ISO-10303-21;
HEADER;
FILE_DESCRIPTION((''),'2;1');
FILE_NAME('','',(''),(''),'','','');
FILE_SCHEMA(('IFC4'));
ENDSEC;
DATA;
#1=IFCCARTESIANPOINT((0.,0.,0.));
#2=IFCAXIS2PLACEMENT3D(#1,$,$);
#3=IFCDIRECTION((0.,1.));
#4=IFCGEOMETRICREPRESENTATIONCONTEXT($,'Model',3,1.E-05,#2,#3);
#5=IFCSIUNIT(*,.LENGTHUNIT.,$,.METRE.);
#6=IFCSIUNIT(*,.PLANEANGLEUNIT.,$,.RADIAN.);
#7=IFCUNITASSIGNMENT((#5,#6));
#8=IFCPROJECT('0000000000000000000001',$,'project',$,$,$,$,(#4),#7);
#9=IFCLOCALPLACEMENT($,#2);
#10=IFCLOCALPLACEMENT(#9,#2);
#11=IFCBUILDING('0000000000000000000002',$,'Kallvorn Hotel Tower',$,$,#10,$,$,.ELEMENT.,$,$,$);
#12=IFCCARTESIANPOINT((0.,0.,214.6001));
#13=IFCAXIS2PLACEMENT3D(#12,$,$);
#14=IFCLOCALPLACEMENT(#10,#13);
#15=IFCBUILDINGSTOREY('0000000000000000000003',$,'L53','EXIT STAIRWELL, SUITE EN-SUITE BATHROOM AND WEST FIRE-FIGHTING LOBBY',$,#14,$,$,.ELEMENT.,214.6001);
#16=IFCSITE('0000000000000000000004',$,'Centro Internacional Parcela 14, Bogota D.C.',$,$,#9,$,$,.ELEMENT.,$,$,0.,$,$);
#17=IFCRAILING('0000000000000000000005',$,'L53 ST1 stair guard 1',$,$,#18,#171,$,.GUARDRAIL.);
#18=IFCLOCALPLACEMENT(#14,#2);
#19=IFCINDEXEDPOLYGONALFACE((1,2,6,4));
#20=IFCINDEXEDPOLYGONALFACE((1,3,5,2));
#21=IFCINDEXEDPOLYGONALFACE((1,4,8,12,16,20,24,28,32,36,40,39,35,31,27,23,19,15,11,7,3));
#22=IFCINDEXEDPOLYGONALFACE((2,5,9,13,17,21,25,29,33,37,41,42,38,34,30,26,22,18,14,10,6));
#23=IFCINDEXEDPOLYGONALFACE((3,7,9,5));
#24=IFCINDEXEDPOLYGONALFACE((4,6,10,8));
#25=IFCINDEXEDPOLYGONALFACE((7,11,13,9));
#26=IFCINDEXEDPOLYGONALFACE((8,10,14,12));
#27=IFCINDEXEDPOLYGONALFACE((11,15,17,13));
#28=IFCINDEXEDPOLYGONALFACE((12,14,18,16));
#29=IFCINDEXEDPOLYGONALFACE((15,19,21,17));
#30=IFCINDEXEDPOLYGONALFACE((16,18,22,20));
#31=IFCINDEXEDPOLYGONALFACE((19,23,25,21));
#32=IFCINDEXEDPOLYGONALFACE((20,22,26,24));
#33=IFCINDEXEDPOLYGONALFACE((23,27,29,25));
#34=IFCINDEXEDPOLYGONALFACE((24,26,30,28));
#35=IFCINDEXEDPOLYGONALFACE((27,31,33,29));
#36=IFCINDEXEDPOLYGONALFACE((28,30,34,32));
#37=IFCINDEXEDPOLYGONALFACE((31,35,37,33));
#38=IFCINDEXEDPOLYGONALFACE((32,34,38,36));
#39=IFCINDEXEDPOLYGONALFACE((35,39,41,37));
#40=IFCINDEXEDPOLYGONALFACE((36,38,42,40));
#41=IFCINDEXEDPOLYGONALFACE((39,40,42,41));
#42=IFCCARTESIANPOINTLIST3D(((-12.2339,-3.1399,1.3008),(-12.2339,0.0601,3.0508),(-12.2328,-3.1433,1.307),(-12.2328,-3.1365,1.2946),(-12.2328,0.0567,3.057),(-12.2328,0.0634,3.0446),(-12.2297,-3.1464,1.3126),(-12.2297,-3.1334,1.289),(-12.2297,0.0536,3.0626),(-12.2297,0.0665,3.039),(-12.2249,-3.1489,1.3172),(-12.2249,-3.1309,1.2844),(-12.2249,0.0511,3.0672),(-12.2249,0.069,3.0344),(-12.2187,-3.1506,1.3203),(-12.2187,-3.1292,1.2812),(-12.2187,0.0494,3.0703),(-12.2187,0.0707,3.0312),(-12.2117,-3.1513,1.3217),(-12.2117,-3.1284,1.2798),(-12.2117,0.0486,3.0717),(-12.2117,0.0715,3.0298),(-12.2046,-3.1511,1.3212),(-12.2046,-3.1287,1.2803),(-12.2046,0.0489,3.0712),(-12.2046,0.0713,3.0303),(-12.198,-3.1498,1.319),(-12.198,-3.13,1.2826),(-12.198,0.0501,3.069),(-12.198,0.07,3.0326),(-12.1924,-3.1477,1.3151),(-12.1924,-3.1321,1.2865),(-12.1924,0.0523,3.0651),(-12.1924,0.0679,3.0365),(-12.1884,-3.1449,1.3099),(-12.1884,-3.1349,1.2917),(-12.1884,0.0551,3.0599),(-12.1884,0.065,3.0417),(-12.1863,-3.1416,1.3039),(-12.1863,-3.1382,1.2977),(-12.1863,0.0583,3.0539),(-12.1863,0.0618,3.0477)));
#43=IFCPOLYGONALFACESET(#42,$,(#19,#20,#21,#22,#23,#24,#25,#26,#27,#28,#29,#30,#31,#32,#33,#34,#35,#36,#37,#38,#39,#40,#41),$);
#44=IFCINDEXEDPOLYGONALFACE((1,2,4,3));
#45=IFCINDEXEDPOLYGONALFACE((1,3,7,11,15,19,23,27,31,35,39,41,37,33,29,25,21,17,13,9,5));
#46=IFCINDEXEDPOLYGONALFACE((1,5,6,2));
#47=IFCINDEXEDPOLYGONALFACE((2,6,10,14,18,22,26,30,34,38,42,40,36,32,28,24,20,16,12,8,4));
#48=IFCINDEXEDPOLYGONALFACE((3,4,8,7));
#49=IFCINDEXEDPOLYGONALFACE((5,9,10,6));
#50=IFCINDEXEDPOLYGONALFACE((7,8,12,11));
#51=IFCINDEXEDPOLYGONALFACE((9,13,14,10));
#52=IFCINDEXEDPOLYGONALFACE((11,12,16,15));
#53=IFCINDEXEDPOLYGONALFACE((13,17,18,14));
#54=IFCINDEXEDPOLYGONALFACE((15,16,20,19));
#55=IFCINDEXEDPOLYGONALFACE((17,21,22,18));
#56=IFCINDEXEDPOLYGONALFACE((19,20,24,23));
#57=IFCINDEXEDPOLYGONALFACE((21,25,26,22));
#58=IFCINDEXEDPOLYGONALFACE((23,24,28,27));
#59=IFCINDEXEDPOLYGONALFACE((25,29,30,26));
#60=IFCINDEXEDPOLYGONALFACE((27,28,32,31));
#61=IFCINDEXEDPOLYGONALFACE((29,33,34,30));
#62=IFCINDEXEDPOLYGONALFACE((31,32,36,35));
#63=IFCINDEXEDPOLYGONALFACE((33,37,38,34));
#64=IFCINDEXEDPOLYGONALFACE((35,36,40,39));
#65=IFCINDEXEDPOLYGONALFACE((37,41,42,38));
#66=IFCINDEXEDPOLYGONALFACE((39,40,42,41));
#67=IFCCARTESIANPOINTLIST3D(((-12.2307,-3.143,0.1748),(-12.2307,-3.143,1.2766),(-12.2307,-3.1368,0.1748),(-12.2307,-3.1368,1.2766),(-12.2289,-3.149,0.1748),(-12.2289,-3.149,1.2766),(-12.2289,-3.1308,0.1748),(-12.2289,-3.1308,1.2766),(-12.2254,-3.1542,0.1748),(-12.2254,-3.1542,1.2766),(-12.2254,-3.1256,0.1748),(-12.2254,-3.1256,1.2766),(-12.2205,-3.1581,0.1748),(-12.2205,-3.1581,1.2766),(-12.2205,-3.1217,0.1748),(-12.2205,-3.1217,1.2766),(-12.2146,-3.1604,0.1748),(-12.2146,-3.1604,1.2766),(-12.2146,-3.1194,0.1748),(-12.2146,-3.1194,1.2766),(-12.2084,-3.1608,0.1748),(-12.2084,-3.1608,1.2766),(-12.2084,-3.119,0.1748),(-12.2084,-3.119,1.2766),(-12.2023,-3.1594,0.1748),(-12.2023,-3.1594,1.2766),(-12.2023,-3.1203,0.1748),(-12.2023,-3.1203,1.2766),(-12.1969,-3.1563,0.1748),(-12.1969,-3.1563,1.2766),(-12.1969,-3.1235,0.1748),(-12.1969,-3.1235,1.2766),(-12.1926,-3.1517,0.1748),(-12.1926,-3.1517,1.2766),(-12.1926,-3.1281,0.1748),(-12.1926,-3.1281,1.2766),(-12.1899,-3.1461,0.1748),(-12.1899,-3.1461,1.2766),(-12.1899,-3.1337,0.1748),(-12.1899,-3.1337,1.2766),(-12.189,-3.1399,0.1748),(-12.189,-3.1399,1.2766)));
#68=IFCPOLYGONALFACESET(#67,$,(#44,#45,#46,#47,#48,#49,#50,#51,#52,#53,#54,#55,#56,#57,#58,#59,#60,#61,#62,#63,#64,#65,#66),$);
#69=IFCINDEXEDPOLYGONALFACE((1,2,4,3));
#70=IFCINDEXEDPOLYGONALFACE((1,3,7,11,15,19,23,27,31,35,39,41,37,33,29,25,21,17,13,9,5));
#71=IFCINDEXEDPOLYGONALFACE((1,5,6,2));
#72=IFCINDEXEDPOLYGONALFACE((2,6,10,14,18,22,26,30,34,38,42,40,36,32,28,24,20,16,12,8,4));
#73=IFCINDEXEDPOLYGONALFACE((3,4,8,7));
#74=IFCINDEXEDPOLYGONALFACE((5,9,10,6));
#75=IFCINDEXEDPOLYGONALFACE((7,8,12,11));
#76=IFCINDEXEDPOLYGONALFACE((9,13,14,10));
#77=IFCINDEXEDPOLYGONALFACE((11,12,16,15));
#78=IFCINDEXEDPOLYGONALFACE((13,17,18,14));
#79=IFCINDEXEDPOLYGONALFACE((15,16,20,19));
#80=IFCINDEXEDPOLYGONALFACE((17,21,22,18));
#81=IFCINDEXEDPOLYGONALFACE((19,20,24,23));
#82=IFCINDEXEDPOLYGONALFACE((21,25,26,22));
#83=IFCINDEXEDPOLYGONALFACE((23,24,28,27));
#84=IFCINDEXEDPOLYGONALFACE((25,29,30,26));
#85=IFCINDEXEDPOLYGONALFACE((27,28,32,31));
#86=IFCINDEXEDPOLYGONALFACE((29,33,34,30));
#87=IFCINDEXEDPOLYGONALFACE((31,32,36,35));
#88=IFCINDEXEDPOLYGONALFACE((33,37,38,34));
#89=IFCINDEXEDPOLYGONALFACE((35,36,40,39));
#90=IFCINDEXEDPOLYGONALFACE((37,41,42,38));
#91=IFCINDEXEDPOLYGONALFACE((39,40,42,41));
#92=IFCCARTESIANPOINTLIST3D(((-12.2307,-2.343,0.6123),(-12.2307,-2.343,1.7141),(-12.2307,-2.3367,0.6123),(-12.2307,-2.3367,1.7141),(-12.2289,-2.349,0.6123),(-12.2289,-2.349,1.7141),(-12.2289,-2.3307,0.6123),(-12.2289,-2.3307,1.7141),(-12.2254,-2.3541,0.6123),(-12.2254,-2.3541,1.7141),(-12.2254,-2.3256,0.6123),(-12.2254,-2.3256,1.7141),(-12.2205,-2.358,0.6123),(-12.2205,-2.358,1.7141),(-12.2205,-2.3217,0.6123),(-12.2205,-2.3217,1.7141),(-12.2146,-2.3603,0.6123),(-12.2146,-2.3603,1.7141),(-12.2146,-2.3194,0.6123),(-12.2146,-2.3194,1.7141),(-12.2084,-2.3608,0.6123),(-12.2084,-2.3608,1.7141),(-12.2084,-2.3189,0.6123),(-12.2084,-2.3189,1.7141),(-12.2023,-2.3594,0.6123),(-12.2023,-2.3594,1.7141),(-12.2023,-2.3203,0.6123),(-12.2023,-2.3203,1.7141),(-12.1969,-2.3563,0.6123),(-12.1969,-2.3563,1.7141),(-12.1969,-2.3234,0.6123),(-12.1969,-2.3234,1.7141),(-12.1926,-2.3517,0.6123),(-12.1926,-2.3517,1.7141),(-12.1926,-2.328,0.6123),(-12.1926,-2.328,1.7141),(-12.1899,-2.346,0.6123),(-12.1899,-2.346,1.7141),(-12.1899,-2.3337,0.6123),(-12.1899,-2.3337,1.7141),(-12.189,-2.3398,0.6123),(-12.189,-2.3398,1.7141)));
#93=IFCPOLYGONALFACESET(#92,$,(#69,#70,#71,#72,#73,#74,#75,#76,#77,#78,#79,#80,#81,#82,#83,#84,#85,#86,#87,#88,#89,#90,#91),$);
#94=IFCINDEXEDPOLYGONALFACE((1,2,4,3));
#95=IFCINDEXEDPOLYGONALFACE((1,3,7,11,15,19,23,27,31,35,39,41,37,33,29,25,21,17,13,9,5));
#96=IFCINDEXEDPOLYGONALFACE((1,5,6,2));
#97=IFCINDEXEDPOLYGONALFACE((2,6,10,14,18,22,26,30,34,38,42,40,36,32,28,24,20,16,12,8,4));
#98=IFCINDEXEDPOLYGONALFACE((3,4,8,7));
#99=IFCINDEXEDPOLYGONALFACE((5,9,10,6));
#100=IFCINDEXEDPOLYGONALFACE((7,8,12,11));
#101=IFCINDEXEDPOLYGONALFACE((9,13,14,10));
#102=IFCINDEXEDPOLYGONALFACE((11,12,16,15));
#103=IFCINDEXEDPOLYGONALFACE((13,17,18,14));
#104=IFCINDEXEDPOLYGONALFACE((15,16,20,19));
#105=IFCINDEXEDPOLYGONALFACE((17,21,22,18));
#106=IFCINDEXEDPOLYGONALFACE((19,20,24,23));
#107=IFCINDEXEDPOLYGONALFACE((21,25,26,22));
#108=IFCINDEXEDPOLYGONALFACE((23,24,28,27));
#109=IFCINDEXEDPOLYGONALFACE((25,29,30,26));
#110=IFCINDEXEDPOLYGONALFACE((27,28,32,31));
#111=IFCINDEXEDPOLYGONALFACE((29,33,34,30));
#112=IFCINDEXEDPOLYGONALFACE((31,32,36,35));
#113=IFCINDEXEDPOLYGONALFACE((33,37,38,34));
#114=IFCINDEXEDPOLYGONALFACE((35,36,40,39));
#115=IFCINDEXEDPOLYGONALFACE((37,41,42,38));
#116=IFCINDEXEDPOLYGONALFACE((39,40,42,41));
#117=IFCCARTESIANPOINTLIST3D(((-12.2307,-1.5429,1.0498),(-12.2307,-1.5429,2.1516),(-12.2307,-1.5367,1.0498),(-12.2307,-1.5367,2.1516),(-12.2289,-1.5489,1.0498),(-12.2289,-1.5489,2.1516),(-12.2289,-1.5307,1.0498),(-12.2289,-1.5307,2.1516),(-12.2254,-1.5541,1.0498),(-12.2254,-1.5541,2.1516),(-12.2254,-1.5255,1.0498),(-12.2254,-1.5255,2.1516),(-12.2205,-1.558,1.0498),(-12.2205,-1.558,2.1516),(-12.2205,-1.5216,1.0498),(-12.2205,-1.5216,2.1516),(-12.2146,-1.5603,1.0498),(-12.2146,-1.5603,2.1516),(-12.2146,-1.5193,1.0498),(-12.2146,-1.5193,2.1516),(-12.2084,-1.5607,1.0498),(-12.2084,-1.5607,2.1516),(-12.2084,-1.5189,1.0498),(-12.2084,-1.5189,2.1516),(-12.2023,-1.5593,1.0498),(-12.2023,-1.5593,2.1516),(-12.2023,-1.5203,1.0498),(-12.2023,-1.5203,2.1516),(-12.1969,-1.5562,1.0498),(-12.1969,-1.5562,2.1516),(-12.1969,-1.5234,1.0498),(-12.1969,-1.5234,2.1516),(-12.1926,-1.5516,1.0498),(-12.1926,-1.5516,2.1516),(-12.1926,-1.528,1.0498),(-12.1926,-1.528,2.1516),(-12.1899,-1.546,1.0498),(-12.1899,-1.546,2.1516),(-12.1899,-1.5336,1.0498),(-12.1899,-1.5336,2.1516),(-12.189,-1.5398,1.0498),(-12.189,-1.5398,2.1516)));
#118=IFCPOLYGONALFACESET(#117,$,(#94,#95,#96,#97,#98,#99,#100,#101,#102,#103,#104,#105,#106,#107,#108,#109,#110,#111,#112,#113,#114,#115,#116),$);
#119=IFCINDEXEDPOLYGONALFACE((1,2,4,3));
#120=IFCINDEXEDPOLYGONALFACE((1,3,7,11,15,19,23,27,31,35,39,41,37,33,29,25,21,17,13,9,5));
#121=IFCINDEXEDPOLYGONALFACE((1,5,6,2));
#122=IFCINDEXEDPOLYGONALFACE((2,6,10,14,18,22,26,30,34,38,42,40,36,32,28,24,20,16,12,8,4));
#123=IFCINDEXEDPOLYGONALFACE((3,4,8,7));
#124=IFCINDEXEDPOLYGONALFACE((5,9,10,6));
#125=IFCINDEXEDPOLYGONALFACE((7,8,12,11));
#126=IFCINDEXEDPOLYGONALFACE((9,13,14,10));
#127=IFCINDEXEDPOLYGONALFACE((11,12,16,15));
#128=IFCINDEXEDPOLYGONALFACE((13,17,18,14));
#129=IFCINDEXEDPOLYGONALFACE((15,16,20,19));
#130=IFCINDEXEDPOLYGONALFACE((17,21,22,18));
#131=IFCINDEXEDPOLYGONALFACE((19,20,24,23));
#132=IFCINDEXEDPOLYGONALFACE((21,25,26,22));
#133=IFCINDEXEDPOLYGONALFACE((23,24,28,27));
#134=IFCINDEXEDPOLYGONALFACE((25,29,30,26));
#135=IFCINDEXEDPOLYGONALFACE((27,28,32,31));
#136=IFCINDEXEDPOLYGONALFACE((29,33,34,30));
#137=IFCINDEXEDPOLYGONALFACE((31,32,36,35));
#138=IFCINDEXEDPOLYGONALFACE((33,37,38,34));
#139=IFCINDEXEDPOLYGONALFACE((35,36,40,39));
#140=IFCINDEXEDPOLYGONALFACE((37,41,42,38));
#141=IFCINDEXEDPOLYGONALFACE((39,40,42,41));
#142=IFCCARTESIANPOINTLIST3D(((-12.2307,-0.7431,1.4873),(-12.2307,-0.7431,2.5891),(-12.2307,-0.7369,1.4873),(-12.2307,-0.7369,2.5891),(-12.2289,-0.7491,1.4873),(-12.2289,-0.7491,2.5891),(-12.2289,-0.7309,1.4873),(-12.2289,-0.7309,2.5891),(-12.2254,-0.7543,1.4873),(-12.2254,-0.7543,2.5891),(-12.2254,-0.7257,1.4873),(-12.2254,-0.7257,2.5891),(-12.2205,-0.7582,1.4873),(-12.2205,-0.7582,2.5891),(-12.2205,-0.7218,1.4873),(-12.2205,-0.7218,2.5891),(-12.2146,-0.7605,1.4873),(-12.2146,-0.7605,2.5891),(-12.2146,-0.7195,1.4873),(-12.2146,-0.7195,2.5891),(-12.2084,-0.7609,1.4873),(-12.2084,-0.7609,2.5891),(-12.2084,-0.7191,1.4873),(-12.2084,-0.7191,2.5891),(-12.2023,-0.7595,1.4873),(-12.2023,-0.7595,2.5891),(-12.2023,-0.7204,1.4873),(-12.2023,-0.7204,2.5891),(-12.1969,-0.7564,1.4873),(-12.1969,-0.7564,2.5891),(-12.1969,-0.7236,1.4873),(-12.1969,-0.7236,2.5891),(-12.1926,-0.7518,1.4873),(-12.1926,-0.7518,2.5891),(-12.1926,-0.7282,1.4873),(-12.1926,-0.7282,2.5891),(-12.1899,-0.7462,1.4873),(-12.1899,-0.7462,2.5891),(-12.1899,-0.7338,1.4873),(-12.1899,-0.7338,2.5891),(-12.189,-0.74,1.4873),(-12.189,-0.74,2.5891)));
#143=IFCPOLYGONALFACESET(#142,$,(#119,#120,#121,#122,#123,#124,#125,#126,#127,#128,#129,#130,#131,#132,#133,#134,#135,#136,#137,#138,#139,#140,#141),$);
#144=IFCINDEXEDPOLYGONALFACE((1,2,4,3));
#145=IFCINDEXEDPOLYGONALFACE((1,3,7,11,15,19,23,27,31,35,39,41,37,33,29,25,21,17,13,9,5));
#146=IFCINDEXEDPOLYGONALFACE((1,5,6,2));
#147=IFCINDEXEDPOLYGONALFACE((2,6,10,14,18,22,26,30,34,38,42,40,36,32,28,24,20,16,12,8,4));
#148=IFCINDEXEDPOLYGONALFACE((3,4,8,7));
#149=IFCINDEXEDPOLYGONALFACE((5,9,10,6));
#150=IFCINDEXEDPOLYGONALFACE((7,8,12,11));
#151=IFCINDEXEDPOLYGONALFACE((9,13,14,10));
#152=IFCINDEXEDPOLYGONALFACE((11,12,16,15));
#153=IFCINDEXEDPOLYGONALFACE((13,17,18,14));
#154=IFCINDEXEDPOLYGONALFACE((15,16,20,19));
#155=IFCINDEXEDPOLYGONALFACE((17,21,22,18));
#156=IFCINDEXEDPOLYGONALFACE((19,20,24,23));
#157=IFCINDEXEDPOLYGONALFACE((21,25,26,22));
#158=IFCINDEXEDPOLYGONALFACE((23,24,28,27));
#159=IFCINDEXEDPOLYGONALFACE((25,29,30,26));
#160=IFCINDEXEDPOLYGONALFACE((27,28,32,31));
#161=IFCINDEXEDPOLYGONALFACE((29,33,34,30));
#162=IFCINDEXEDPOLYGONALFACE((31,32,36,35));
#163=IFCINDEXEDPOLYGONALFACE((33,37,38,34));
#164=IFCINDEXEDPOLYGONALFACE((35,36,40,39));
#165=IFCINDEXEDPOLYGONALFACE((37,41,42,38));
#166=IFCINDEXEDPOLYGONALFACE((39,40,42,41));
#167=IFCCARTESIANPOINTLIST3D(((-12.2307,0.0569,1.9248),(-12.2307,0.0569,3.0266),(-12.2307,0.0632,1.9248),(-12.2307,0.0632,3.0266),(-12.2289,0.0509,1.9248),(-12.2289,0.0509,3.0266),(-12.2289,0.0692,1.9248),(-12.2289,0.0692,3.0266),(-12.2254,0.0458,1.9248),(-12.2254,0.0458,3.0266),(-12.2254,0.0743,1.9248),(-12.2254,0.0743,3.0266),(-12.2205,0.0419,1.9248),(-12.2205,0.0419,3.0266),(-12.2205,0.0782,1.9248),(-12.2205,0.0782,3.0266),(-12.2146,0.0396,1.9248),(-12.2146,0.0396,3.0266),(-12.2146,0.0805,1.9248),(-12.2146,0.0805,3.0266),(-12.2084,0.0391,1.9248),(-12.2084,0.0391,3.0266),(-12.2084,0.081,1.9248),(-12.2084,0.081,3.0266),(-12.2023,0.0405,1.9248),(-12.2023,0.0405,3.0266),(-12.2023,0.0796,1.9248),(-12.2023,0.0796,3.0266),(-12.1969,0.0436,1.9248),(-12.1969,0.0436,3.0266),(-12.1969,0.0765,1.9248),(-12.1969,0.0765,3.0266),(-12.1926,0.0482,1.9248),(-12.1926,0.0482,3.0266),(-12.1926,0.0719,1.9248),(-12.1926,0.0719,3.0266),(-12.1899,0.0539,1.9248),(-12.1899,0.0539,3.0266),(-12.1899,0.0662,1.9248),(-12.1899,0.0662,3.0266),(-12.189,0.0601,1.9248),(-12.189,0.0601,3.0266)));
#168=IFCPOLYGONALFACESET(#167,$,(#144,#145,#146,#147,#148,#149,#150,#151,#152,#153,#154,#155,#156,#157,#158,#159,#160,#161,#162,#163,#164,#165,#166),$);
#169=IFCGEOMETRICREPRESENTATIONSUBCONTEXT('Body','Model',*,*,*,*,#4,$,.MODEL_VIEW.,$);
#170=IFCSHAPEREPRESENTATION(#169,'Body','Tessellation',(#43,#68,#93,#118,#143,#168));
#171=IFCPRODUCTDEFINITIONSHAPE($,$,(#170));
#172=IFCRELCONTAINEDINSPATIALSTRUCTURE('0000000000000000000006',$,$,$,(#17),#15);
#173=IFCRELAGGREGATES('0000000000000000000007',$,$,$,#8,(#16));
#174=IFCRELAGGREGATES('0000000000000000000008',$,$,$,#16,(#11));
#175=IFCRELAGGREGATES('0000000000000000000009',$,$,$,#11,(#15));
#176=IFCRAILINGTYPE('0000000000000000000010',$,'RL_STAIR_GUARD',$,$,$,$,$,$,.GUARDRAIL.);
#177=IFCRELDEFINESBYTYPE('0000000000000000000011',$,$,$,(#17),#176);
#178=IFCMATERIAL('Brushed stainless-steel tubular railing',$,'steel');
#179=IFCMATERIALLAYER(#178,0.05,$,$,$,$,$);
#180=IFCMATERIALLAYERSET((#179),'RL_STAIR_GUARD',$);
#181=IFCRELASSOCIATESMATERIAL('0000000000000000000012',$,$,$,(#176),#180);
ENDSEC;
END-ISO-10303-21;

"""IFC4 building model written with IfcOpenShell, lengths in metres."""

from ifc_helpers import new_model, si_unit, direction, frame, origin, origin_2d, place, context, subcontext, project, spatial, circle, extrude, material, layer, layer_set, type_object, element, save


model = new_model("IFC4")

# Units and contexts
model_context = context("Model", 3, precision=1e-05, world=origin(), true_north=direction((0.0, 1.0)))
body_context = subcontext(model_context, "Body", "Model", "MODEL_VIEW")
ifc_project = project(units=[si_unit("LENGTHUNIT", "METRE"), si_unit("PLANEANGLEUNIT", "RADIAN")], contexts=[model_context])

# Site, building, storey
site_placement = place(None, origin())
site = spatial("IfcSite", under=ifc_project, at=site_placement, Name="Centro Internacional Parcela 14, Bogota D.C.", CompositionType="ELEMENT", RefElevation=0.0)
building_placement = place(site_placement, origin())
building = spatial("IfcBuilding", under=site, at=building_placement, Name="Kallvorn Hotel Tower", CompositionType="ELEMENT")
storey_placement = place(building_placement, frame((0.0, 0.0, 214.6001)))
storey = spatial("IfcBuildingStorey", under=building, at=storey_placement, Name="L53", Description="EXIT STAIRWELL, SUITE EN-SUITE BATHROOM AND WEST FIRE-FIGHTING LOBBY", CompositionType="ELEMENT", Elevation=214.6001)

# Railing
ifc_material_1 = material(Name="Brushed stainless-steel tubular railing", Category="steel")
ifc_layer_1 = layer(ifc_material_1, 0.05)
ifc_layer_set_1 = layer_set([ifc_layer_1], Name="RL_STAIR_GUARD")
railing_type_1 = type_object("IfcRailingType", Name="RL_STAIR_GUARD", PredefinedType="GUARDRAIL", material=ifc_layer_set_1)
railing_1_placement = place(storey_placement, frame((-12.21, -3.1399, 0.1748)))
element("IfcRailing", 1, at=railing_1_placement, inside=storey, type_object=railing_type_1, Name="L53 ST1 stair guard 1", PredefinedType="GUARDRAIL", context=body_context, shape_type="SweptSolid", body=[
    extrude(circle(Radius=0.0239, at=origin_2d()), frame((0.0, 0.0, 1.126), z_axis=(0.0, 0.877368, 0.479818), x_axis=(-1.0, 0.0, 0.0)), (0.0, 0.0, 1.0), 3.6472),
    extrude(circle(Radius=0.021, at=origin_2d()), origin(), (0.0, 0.0, 1.0), 1.1018),
    extrude(circle(Radius=0.021, at=origin_2d()), frame((0.0, 0.8, 0.4375)), (0.0, 0.0, 1.0), 1.1018),
    extrude(circle(Radius=0.021, at=origin_2d()), frame((0.0, 1.6001, 0.875)), (0.0, 0.0, 1.0), 1.1018),
    extrude(circle(Radius=0.021, at=origin_2d()), frame((0.0, 2.3999, 1.3125)), (0.0, 0.0, 1.0), 1.1018),
    extrude(circle(Radius=0.021, at=origin_2d()), frame((0.0, 3.2, 1.75)), (0.0, 0.0, 1.0), 1.1018),
])

save(model, "model.ifc")
